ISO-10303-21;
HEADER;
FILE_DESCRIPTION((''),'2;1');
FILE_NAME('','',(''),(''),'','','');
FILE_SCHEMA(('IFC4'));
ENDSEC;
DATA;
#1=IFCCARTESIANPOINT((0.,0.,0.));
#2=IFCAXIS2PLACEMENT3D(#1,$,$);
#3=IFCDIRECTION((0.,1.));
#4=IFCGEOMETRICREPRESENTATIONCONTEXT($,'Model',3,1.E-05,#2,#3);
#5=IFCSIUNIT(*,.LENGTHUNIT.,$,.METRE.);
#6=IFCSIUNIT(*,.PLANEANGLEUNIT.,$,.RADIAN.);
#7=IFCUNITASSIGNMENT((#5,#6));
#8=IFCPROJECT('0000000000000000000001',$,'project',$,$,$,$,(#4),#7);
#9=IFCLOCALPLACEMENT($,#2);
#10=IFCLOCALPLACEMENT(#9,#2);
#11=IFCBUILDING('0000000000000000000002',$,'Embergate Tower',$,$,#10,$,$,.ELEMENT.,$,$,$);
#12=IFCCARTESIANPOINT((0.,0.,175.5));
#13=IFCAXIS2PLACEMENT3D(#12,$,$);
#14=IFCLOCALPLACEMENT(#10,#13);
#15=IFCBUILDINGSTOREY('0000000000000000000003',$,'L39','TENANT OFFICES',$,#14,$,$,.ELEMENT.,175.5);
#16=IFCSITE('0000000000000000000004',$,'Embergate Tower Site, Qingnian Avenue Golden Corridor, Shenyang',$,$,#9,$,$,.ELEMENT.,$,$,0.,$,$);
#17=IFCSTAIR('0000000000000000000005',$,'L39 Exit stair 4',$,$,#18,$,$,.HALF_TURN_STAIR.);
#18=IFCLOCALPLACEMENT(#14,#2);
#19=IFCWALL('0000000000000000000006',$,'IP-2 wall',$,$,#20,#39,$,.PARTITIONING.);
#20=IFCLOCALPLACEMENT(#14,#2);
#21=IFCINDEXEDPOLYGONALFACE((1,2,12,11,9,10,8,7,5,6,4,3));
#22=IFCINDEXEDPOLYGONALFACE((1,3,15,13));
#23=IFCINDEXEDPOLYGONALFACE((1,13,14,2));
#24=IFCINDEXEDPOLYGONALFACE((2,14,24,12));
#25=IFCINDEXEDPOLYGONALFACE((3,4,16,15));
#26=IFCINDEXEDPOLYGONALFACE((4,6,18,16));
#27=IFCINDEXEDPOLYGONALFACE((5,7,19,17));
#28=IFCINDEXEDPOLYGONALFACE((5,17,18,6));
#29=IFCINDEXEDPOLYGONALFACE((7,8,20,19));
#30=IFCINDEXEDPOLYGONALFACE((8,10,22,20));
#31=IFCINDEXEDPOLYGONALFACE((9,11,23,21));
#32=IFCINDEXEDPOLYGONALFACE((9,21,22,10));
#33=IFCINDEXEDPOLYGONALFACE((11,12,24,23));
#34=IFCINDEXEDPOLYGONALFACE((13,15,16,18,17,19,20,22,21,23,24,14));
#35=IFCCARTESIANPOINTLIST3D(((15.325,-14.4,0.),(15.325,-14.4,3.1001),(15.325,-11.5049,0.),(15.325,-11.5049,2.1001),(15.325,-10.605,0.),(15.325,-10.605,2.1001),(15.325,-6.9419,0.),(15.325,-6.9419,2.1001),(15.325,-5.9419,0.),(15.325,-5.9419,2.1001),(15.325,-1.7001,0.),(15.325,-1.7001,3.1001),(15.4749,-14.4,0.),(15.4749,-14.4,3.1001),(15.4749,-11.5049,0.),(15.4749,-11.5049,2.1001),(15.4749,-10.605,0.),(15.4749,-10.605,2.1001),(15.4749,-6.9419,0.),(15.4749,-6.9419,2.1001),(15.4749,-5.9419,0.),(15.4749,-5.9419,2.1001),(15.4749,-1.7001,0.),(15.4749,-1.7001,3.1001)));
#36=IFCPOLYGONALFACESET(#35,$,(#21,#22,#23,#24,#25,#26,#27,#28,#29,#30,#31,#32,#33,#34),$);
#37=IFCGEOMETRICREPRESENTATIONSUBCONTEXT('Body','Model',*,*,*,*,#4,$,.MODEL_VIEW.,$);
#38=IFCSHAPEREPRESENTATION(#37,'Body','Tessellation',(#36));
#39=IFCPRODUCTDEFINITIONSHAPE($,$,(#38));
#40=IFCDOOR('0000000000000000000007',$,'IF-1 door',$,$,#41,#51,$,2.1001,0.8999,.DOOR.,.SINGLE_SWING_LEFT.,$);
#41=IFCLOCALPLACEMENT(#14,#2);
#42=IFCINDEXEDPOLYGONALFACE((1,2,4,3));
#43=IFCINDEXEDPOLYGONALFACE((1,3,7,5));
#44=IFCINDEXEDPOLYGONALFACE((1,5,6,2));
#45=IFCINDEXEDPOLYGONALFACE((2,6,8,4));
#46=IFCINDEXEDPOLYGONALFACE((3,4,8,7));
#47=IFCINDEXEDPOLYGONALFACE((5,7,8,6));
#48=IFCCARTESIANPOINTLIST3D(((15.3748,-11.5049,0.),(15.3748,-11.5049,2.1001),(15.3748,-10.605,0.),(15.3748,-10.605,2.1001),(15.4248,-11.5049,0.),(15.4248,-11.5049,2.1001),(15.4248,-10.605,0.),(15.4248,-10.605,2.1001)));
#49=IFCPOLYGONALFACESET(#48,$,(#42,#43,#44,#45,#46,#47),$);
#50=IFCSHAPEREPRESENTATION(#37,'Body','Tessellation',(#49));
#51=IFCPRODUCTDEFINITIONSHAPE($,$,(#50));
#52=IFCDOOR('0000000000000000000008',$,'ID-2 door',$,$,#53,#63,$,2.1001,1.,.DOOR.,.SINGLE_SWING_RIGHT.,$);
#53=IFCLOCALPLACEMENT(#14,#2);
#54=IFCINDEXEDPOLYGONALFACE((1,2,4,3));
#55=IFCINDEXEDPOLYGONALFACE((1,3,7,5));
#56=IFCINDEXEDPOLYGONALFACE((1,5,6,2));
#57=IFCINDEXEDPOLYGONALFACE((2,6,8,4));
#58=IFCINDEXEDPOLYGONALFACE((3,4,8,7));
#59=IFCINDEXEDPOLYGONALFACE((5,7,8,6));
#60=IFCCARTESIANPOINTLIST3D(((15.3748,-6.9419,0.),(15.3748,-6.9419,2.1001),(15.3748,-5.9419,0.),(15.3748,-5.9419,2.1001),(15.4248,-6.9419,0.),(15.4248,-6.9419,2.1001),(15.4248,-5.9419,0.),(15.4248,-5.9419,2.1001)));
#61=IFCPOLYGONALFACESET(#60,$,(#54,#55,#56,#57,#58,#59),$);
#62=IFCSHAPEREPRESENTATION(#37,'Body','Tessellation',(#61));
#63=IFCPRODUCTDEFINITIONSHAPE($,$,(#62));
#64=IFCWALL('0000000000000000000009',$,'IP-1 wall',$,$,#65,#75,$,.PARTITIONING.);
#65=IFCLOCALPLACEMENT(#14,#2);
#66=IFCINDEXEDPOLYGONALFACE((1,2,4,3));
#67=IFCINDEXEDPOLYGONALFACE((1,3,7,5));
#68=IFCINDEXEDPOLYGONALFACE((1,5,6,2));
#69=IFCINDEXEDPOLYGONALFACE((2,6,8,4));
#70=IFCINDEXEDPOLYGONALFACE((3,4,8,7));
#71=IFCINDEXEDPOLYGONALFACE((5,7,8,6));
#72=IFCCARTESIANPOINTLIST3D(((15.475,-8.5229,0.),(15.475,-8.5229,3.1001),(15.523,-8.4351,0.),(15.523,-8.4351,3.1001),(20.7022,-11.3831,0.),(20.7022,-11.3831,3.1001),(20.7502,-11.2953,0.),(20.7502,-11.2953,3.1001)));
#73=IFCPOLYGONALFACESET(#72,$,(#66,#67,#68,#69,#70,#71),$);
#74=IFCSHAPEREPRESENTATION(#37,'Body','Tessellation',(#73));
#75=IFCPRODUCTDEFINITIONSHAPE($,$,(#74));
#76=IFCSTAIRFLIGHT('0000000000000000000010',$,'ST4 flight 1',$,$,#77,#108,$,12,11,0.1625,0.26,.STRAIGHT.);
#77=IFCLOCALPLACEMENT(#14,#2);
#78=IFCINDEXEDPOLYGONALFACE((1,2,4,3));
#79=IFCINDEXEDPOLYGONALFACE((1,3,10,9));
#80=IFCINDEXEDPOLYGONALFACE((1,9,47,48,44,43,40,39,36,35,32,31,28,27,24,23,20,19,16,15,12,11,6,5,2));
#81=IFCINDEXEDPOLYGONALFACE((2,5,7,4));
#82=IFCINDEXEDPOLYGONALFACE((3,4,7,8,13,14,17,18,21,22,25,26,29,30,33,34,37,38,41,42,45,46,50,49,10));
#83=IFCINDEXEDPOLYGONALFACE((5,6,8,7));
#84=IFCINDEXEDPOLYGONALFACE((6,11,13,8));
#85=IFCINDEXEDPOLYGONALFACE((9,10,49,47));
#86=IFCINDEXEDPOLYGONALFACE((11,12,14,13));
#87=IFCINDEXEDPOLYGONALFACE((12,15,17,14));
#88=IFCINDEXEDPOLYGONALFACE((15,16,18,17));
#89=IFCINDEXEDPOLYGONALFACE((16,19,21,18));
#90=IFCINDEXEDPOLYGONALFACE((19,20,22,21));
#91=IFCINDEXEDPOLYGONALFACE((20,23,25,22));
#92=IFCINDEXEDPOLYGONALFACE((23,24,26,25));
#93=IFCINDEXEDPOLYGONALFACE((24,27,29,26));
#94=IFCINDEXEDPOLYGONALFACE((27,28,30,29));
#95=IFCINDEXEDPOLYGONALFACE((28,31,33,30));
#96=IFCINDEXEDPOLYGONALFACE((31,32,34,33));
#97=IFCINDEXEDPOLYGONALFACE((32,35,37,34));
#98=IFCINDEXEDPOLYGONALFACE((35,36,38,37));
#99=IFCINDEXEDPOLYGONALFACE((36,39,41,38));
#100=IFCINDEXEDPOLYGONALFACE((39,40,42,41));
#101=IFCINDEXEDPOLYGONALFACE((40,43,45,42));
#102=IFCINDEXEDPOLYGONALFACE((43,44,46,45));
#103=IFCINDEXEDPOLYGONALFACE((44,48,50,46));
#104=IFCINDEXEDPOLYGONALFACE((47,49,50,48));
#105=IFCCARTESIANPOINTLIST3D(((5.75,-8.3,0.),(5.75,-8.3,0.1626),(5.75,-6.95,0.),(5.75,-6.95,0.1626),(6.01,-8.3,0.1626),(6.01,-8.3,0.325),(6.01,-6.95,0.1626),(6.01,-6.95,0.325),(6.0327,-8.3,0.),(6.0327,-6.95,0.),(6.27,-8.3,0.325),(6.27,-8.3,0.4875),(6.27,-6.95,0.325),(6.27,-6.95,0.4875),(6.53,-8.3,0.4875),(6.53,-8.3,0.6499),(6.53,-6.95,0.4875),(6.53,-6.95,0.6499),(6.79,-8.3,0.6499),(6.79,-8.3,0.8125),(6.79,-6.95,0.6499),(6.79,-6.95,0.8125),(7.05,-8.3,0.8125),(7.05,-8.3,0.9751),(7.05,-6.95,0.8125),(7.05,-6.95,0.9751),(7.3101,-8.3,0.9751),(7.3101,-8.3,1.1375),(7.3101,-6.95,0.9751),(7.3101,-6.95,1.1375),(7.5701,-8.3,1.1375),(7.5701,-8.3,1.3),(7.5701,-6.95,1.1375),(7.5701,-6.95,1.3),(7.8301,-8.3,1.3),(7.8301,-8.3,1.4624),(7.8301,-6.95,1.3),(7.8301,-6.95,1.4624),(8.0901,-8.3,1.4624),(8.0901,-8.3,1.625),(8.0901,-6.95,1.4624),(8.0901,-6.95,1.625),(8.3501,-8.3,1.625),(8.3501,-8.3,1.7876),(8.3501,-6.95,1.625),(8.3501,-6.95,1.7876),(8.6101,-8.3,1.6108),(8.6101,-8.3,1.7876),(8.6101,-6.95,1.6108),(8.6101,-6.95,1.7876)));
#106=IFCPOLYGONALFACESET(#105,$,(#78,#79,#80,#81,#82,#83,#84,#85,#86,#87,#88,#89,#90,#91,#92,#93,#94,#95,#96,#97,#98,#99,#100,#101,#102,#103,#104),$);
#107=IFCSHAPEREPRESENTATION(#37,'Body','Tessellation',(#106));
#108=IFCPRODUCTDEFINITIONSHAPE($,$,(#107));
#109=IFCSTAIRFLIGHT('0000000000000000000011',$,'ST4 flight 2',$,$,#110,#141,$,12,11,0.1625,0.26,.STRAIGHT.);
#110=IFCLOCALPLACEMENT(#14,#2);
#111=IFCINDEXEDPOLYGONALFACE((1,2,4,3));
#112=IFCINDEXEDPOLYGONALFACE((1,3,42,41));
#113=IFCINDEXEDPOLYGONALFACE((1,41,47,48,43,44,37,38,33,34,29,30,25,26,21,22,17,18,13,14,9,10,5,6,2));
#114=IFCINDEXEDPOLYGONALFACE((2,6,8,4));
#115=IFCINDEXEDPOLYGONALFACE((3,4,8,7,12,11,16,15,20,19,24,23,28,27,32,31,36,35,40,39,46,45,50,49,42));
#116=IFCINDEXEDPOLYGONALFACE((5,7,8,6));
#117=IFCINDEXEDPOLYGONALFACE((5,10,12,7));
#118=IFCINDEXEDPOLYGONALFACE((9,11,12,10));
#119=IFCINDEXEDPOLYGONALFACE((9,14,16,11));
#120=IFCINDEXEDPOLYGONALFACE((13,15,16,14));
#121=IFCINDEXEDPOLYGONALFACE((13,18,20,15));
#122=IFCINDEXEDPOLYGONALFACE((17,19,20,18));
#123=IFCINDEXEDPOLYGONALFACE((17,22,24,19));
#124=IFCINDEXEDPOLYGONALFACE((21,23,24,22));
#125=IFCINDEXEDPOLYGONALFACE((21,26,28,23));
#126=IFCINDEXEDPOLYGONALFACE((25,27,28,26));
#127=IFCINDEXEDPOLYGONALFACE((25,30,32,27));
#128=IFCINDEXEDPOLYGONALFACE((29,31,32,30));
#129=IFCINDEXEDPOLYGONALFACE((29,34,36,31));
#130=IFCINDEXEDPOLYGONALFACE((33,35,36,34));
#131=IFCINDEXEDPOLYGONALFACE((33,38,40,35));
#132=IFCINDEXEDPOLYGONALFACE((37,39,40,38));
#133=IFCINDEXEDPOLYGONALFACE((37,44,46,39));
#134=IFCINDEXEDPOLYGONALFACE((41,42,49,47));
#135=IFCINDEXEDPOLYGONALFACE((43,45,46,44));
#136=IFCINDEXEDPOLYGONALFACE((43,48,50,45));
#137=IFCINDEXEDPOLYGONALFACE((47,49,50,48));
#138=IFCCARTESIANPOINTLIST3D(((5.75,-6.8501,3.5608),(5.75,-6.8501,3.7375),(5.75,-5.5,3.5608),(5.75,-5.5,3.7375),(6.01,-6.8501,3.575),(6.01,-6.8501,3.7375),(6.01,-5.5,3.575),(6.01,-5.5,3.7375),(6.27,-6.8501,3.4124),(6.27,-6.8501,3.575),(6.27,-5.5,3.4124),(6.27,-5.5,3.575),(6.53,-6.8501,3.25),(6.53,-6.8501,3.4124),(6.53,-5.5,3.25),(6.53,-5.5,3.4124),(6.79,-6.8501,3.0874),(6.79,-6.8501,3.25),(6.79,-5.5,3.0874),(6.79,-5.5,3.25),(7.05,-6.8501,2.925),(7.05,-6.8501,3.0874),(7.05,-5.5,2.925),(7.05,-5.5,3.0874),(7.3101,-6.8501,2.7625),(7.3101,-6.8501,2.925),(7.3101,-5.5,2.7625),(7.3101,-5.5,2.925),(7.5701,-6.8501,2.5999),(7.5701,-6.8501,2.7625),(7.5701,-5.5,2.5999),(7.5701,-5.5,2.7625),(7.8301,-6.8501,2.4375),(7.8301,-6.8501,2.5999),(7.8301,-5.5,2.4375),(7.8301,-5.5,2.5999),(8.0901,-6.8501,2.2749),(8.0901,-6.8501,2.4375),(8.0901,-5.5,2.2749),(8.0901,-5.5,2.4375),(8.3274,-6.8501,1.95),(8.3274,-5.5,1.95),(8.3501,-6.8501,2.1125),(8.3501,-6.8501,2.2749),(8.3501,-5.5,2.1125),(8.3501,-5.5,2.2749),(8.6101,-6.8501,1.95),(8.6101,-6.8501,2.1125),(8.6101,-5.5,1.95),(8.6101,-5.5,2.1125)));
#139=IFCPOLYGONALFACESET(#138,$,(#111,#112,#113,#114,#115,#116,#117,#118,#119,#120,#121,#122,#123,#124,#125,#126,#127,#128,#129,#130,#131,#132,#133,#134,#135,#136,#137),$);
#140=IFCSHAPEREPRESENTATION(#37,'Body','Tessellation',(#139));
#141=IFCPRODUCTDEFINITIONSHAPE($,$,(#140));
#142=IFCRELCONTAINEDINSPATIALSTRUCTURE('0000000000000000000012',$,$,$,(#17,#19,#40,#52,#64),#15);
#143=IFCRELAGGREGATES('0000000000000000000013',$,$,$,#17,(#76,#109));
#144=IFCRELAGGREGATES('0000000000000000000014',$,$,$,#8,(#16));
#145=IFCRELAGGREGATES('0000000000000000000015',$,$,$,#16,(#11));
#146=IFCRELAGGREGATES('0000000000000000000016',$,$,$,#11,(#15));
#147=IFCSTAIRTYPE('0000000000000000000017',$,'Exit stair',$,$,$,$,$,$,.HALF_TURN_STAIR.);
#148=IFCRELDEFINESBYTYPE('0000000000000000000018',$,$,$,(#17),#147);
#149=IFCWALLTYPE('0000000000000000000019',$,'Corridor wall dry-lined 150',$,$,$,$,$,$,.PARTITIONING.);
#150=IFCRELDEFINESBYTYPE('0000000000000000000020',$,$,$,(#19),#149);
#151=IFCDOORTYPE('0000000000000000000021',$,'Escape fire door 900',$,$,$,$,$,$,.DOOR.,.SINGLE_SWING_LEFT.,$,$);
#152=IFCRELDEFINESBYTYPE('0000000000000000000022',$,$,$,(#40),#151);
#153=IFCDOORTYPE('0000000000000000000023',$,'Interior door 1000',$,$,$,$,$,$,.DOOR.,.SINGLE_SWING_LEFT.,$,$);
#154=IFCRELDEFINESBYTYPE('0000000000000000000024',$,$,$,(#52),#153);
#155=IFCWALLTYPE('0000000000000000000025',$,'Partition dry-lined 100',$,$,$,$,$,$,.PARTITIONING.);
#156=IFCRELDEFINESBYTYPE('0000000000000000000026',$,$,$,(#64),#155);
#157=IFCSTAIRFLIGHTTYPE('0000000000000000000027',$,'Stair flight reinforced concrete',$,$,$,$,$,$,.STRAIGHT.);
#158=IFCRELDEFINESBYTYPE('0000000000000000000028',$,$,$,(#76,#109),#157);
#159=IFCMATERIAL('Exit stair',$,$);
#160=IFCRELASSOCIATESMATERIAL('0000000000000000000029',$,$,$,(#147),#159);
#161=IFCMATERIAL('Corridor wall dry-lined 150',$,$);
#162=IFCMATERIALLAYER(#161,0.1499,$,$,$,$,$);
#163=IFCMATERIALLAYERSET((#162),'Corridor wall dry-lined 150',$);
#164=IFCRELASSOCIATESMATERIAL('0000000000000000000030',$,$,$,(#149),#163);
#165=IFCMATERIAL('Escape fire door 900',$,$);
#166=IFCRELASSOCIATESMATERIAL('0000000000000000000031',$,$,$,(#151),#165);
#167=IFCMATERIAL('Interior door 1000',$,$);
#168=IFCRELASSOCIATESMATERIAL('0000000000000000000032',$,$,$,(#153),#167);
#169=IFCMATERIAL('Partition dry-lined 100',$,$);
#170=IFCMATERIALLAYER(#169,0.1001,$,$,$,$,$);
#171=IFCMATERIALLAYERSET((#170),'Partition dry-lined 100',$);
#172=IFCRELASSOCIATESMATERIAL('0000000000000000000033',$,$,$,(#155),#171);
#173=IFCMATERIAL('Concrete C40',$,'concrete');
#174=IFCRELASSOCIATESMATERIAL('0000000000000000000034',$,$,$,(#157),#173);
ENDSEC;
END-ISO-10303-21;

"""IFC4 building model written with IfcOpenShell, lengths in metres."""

from ifc_helpers import new_model, si_unit, direction, frame, frame_2d, origin, place, context, subcontext, project, spatial, polyline, rectangle, outline, extrude, source, transform, mapped, material, layer, layer_set, type_object, element, fill, aggregate, save


model = new_model("IFC4")

# Units and contexts
model_context = context("Model", 3, precision=1e-05, world=origin(), true_north=direction((0.0, 1.0)))
body_context = subcontext(model_context, "Body", "Model", "MODEL_VIEW")
ifc_project = project(units=[si_unit("LENGTHUNIT", "METRE"), si_unit("PLANEANGLEUNIT", "RADIAN")], contexts=[model_context])

# Site, building, storey
site_placement = place(None, origin())
site = spatial("IfcSite", under=ifc_project, at=site_placement, Name="Embergate Tower Site, Qingnian Avenue Golden Corridor, Shenyang", CompositionType="ELEMENT", RefElevation=0.0)
building_placement = place(site_placement, origin())
building = spatial("IfcBuilding", under=site, at=building_placement, Name="Embergate Tower", CompositionType="ELEMENT")
storey_placement = place(building_placement, frame((0.0, 0.0, 175.5)))
storey = spatial("IfcBuildingStorey", under=building, at=storey_placement, Name="L39", Description="TENANT OFFICES", CompositionType="ELEMENT", Elevation=175.5)

# Stair
ifc_material_1 = material(Name="Exit stair")
stair_type = type_object("IfcStairType", Name="Exit stair", PredefinedType="HALF_TURN_STAIR", material=ifc_material_1)
stair_placement = place(storey_placement, origin())
stair = element("IfcStair", 1, at=stair_placement, inside=storey, type_object=stair_type, Name="L39 Exit stair 4", PredefinedType="HALF_TURN_STAIR")
ifc_material_2 = material(Name="Concrete C40", Category="concrete")

# Wall, openings, doors
ifc_material_3 = material(Name="Corridor wall dry-lined 150")
ifc_layer_1 = layer(ifc_material_3, 0.1499)
ifc_layer_set_1 = layer_set([ifc_layer_1], Name="Corridor wall dry-lined 150")
wall_type_1 = type_object("IfcWallType", Name="Corridor wall dry-lined 150", PredefinedType="PARTITIONING", material=ifc_layer_set_1)
shared_shape_1 = source(origin(), body_context, "Body", "SweptSolid", [
    extrude(rectangle(XDim=12.7, YDim=0.1499, at=frame_2d((6.3501, 0.0))), origin(), (0.0, 0.0, 1.0), 3.1001),
])
wall_1_placement = place(storey_placement, frame((15.3999, -1.7, 0.0), z_axis=(0.0, 0.0, 1.0), x_axis=(0.0, -1.0, 0.0)))
wall_1 = element("IfcWall", 2, at=wall_1_placement, inside=storey, type_object=wall_type_1, Name="IP-2 wall", PredefinedType="PARTITIONING", context=body_context, shape_type="MappedRepresentation", body=[
    mapped(shared_shape_1, transform((0.0, 0.0, 0.0))),
])
shared_shape_2 = source(origin(), body_context, "Body", "SweptSolid", [
    extrude(rectangle(XDim=0.8999, YDim=2.1001, at=frame_2d((0.45, 1.05))), frame((0.0, 0.085, 0.0), z_axis=(0.0, -1.0, 0.0), x_axis=(1.0, 0.0, 0.0)), (0.0, 0.0, 1.0), 0.1699),
])
opening_1_placement = place(wall_1_placement, frame((8.905, 0.0, 0.0)))
opening_1 = element("IfcOpeningElement", 3, at=opening_1_placement, cuts=wall_1, PredefinedType="OPENING", context=body_context, shape_type="MappedRepresentation", body=[
    mapped(shared_shape_2, transform((0.0, 0.0, 0.0))),
])
shared_shape_3 = source(origin(), body_context, "Body", "SweptSolid", [
    extrude(rectangle(XDim=1.0, YDim=2.1001, at=frame_2d((0.5, 1.05))), frame((0.0, 0.085, 0.0), z_axis=(0.0, -1.0, 0.0), x_axis=(1.0, 0.0, 0.0)), (0.0, 0.0, 1.0), 0.1699),
])
opening_2_placement = place(wall_1_placement, frame((4.2419, 0.0, 0.0)))
opening_2 = element("IfcOpeningElement", 4, at=opening_2_placement, cuts=wall_1, PredefinedType="OPENING", context=body_context, shape_type="MappedRepresentation", body=[
    mapped(shared_shape_3, transform((0.0, 0.0, 0.0))),
])
ifc_material_4 = material(Name="Escape fire door 900")
door_type_1 = type_object("IfcDoorType", Name="Escape fire door 900", OperationType="SINGLE_SWING_LEFT", PredefinedType="DOOR", material=ifc_material_4)
shared_shape_4 = source(origin(), body_context, "Body", "SweptSolid", [
    extrude(rectangle(XDim=0.8999, YDim=2.1001, at=frame_2d((0.45, 1.05))), frame((0.0, 0.0249, 0.0), z_axis=(0.0, -1.0, 0.0), x_axis=(1.0, 0.0, 0.0)), (0.0, 0.0, 1.0), 0.05),
])
door_1_placement = place(opening_1_placement, origin())
door_1 = element("IfcDoor", 5, at=door_1_placement, inside=storey, type_object=door_type_1, Name="IF-1 door", OperationType="SINGLE_SWING_LEFT", OverallHeight=2.1001, OverallWidth=0.8999, PredefinedType="DOOR", context=body_context, shape_type="MappedRepresentation", body=[
    mapped(shared_shape_4, transform((0.0, 0.0, 0.0))),
])
fill(opening_1, door_1)
ifc_material_5 = material(Name="Interior door 1000")
door_type_2 = type_object("IfcDoorType", Name="Interior door 1000", OperationType="SINGLE_SWING_LEFT", PredefinedType="DOOR", material=ifc_material_5)
shared_shape_5 = source(origin(), body_context, "Body", "SweptSolid", [
    extrude(rectangle(XDim=1.0, YDim=2.1001, at=frame_2d((0.5, 1.05))), frame((0.0, 0.0249, 0.0), z_axis=(0.0, -1.0, 0.0), x_axis=(1.0, 0.0, 0.0)), (0.0, 0.0, 1.0), 0.05),
])
door_2_placement = place(opening_2_placement, origin())
door_2 = element("IfcDoor", 6, at=door_2_placement, inside=storey, type_object=door_type_2, Name="ID-2 door", OperationType="SINGLE_SWING_RIGHT", OverallHeight=2.1001, OverallWidth=1.0, PredefinedType="DOOR", context=body_context, shape_type="MappedRepresentation", body=[
    mapped(shared_shape_5, transform((0.0, 0.0, 0.0))),
])
fill(opening_2, door_2)

# Wall
ifc_material_6 = material(Name="Partition dry-lined 100")
ifc_layer_2 = layer(ifc_material_6, 0.1001)
ifc_layer_set_2 = layer_set([ifc_layer_2], Name="Partition dry-lined 100")
wall_type_2 = type_object("IfcWallType", Name="Partition dry-lined 100", PredefinedType="PARTITIONING", material=ifc_layer_set_2)
shared_shape_6 = source(origin(), body_context, "Body", "SweptSolid", [
    extrude(rectangle(XDim=5.9585, YDim=0.1001, at=frame_2d((2.9792, 0.0))), origin(), (0.0, 0.0, 1.0), 3.1001),
])
wall_2_placement = place(storey_placement, frame((15.499, -8.479, 0.0), z_axis=(0.0, 0.0, 1.0), x_axis=(0.877261, -0.480014, 0.0)))
element("IfcWall", 7, at=wall_2_placement, inside=storey, type_object=wall_type_2, Name="IP-1 wall", PredefinedType="PARTITIONING", context=body_context, shape_type="MappedRepresentation", body=[
    mapped(shared_shape_6, transform((0.0, 0.0, 0.0))),
])

# Stair flights
stair_flight_type = type_object("IfcStairFlightType", Name="Stair flight reinforced concrete", PredefinedType="STRAIGHT", material=ifc_material_2)
shared_shape_7 = source(origin(), body_context, "Body", "SweptSolid", [
    extrude(outline(polyline([(0.0, 0.0), (0.0, 0.1626), (0.26, 0.1626), (0.26, 0.325), (0.52, 0.325), (0.52, 0.4875), (0.78, 0.4875), (0.78, 0.6499), (1.04, 0.6499), (1.04, 0.8125), (1.3, 0.8125), (1.3, 0.9751), (1.5601, 0.9751), (1.5601, 1.1375), (1.8201, 1.1375), (1.8201, 1.3), (2.0801, 1.3), (2.0801, 1.4624), (2.3401, 1.4624), (2.3401, 1.625), (2.6001, 1.625), (2.6001, 1.7876), (2.8601, 1.7876), (2.8601, 1.95), (2.8601, 1.6108), (0.2827, 0.0), (0.0, 0.0)])), frame((0.0, 0.675, 0.0), z_axis=(0.0, -1.0, 0.0), x_axis=(1.0, 0.0, 0.0)), (0.0, 0.0, 1.0), 1.3501),
])
stair_flight_1_placement = place(storey_placement, frame((5.75, -7.625, 0.0), z_axis=(0.0, 0.0, 1.0), x_axis=(1.0, 0.0, 0.0)))
stair_flight_1 = element("IfcStairFlight", 8, at=stair_flight_1_placement, type_object=stair_flight_type, Name="ST4 flight 1", NumberOfRisers=12, NumberOfTreads=11, PredefinedType="STRAIGHT", RiserHeight=0.1625, TreadLength=0.26, context=body_context, shape_type="MappedRepresentation", body=[
    mapped(shared_shape_7, transform((0.0, 0.0, 0.0))),
])
stair_flight_2_placement = place(storey_placement, frame((8.6101, -6.175, 1.95), z_axis=(0.0, 0.0, 1.0), x_axis=(-1.0, 0.0, 0.0)))
stair_flight_2 = element("IfcStairFlight", 9, at=stair_flight_2_placement, type_object=stair_flight_type, Name="ST4 flight 2", NumberOfRisers=12, NumberOfTreads=11, PredefinedType="STRAIGHT", RiserHeight=0.1625, TreadLength=0.26, context=body_context, shape_type="MappedRepresentation", body=[
    mapped(shared_shape_7, transform((0.0, 0.0, 0.0))),
])
aggregate(stair, [stair_flight_1, stair_flight_2])

save(model, "model.ifc")
